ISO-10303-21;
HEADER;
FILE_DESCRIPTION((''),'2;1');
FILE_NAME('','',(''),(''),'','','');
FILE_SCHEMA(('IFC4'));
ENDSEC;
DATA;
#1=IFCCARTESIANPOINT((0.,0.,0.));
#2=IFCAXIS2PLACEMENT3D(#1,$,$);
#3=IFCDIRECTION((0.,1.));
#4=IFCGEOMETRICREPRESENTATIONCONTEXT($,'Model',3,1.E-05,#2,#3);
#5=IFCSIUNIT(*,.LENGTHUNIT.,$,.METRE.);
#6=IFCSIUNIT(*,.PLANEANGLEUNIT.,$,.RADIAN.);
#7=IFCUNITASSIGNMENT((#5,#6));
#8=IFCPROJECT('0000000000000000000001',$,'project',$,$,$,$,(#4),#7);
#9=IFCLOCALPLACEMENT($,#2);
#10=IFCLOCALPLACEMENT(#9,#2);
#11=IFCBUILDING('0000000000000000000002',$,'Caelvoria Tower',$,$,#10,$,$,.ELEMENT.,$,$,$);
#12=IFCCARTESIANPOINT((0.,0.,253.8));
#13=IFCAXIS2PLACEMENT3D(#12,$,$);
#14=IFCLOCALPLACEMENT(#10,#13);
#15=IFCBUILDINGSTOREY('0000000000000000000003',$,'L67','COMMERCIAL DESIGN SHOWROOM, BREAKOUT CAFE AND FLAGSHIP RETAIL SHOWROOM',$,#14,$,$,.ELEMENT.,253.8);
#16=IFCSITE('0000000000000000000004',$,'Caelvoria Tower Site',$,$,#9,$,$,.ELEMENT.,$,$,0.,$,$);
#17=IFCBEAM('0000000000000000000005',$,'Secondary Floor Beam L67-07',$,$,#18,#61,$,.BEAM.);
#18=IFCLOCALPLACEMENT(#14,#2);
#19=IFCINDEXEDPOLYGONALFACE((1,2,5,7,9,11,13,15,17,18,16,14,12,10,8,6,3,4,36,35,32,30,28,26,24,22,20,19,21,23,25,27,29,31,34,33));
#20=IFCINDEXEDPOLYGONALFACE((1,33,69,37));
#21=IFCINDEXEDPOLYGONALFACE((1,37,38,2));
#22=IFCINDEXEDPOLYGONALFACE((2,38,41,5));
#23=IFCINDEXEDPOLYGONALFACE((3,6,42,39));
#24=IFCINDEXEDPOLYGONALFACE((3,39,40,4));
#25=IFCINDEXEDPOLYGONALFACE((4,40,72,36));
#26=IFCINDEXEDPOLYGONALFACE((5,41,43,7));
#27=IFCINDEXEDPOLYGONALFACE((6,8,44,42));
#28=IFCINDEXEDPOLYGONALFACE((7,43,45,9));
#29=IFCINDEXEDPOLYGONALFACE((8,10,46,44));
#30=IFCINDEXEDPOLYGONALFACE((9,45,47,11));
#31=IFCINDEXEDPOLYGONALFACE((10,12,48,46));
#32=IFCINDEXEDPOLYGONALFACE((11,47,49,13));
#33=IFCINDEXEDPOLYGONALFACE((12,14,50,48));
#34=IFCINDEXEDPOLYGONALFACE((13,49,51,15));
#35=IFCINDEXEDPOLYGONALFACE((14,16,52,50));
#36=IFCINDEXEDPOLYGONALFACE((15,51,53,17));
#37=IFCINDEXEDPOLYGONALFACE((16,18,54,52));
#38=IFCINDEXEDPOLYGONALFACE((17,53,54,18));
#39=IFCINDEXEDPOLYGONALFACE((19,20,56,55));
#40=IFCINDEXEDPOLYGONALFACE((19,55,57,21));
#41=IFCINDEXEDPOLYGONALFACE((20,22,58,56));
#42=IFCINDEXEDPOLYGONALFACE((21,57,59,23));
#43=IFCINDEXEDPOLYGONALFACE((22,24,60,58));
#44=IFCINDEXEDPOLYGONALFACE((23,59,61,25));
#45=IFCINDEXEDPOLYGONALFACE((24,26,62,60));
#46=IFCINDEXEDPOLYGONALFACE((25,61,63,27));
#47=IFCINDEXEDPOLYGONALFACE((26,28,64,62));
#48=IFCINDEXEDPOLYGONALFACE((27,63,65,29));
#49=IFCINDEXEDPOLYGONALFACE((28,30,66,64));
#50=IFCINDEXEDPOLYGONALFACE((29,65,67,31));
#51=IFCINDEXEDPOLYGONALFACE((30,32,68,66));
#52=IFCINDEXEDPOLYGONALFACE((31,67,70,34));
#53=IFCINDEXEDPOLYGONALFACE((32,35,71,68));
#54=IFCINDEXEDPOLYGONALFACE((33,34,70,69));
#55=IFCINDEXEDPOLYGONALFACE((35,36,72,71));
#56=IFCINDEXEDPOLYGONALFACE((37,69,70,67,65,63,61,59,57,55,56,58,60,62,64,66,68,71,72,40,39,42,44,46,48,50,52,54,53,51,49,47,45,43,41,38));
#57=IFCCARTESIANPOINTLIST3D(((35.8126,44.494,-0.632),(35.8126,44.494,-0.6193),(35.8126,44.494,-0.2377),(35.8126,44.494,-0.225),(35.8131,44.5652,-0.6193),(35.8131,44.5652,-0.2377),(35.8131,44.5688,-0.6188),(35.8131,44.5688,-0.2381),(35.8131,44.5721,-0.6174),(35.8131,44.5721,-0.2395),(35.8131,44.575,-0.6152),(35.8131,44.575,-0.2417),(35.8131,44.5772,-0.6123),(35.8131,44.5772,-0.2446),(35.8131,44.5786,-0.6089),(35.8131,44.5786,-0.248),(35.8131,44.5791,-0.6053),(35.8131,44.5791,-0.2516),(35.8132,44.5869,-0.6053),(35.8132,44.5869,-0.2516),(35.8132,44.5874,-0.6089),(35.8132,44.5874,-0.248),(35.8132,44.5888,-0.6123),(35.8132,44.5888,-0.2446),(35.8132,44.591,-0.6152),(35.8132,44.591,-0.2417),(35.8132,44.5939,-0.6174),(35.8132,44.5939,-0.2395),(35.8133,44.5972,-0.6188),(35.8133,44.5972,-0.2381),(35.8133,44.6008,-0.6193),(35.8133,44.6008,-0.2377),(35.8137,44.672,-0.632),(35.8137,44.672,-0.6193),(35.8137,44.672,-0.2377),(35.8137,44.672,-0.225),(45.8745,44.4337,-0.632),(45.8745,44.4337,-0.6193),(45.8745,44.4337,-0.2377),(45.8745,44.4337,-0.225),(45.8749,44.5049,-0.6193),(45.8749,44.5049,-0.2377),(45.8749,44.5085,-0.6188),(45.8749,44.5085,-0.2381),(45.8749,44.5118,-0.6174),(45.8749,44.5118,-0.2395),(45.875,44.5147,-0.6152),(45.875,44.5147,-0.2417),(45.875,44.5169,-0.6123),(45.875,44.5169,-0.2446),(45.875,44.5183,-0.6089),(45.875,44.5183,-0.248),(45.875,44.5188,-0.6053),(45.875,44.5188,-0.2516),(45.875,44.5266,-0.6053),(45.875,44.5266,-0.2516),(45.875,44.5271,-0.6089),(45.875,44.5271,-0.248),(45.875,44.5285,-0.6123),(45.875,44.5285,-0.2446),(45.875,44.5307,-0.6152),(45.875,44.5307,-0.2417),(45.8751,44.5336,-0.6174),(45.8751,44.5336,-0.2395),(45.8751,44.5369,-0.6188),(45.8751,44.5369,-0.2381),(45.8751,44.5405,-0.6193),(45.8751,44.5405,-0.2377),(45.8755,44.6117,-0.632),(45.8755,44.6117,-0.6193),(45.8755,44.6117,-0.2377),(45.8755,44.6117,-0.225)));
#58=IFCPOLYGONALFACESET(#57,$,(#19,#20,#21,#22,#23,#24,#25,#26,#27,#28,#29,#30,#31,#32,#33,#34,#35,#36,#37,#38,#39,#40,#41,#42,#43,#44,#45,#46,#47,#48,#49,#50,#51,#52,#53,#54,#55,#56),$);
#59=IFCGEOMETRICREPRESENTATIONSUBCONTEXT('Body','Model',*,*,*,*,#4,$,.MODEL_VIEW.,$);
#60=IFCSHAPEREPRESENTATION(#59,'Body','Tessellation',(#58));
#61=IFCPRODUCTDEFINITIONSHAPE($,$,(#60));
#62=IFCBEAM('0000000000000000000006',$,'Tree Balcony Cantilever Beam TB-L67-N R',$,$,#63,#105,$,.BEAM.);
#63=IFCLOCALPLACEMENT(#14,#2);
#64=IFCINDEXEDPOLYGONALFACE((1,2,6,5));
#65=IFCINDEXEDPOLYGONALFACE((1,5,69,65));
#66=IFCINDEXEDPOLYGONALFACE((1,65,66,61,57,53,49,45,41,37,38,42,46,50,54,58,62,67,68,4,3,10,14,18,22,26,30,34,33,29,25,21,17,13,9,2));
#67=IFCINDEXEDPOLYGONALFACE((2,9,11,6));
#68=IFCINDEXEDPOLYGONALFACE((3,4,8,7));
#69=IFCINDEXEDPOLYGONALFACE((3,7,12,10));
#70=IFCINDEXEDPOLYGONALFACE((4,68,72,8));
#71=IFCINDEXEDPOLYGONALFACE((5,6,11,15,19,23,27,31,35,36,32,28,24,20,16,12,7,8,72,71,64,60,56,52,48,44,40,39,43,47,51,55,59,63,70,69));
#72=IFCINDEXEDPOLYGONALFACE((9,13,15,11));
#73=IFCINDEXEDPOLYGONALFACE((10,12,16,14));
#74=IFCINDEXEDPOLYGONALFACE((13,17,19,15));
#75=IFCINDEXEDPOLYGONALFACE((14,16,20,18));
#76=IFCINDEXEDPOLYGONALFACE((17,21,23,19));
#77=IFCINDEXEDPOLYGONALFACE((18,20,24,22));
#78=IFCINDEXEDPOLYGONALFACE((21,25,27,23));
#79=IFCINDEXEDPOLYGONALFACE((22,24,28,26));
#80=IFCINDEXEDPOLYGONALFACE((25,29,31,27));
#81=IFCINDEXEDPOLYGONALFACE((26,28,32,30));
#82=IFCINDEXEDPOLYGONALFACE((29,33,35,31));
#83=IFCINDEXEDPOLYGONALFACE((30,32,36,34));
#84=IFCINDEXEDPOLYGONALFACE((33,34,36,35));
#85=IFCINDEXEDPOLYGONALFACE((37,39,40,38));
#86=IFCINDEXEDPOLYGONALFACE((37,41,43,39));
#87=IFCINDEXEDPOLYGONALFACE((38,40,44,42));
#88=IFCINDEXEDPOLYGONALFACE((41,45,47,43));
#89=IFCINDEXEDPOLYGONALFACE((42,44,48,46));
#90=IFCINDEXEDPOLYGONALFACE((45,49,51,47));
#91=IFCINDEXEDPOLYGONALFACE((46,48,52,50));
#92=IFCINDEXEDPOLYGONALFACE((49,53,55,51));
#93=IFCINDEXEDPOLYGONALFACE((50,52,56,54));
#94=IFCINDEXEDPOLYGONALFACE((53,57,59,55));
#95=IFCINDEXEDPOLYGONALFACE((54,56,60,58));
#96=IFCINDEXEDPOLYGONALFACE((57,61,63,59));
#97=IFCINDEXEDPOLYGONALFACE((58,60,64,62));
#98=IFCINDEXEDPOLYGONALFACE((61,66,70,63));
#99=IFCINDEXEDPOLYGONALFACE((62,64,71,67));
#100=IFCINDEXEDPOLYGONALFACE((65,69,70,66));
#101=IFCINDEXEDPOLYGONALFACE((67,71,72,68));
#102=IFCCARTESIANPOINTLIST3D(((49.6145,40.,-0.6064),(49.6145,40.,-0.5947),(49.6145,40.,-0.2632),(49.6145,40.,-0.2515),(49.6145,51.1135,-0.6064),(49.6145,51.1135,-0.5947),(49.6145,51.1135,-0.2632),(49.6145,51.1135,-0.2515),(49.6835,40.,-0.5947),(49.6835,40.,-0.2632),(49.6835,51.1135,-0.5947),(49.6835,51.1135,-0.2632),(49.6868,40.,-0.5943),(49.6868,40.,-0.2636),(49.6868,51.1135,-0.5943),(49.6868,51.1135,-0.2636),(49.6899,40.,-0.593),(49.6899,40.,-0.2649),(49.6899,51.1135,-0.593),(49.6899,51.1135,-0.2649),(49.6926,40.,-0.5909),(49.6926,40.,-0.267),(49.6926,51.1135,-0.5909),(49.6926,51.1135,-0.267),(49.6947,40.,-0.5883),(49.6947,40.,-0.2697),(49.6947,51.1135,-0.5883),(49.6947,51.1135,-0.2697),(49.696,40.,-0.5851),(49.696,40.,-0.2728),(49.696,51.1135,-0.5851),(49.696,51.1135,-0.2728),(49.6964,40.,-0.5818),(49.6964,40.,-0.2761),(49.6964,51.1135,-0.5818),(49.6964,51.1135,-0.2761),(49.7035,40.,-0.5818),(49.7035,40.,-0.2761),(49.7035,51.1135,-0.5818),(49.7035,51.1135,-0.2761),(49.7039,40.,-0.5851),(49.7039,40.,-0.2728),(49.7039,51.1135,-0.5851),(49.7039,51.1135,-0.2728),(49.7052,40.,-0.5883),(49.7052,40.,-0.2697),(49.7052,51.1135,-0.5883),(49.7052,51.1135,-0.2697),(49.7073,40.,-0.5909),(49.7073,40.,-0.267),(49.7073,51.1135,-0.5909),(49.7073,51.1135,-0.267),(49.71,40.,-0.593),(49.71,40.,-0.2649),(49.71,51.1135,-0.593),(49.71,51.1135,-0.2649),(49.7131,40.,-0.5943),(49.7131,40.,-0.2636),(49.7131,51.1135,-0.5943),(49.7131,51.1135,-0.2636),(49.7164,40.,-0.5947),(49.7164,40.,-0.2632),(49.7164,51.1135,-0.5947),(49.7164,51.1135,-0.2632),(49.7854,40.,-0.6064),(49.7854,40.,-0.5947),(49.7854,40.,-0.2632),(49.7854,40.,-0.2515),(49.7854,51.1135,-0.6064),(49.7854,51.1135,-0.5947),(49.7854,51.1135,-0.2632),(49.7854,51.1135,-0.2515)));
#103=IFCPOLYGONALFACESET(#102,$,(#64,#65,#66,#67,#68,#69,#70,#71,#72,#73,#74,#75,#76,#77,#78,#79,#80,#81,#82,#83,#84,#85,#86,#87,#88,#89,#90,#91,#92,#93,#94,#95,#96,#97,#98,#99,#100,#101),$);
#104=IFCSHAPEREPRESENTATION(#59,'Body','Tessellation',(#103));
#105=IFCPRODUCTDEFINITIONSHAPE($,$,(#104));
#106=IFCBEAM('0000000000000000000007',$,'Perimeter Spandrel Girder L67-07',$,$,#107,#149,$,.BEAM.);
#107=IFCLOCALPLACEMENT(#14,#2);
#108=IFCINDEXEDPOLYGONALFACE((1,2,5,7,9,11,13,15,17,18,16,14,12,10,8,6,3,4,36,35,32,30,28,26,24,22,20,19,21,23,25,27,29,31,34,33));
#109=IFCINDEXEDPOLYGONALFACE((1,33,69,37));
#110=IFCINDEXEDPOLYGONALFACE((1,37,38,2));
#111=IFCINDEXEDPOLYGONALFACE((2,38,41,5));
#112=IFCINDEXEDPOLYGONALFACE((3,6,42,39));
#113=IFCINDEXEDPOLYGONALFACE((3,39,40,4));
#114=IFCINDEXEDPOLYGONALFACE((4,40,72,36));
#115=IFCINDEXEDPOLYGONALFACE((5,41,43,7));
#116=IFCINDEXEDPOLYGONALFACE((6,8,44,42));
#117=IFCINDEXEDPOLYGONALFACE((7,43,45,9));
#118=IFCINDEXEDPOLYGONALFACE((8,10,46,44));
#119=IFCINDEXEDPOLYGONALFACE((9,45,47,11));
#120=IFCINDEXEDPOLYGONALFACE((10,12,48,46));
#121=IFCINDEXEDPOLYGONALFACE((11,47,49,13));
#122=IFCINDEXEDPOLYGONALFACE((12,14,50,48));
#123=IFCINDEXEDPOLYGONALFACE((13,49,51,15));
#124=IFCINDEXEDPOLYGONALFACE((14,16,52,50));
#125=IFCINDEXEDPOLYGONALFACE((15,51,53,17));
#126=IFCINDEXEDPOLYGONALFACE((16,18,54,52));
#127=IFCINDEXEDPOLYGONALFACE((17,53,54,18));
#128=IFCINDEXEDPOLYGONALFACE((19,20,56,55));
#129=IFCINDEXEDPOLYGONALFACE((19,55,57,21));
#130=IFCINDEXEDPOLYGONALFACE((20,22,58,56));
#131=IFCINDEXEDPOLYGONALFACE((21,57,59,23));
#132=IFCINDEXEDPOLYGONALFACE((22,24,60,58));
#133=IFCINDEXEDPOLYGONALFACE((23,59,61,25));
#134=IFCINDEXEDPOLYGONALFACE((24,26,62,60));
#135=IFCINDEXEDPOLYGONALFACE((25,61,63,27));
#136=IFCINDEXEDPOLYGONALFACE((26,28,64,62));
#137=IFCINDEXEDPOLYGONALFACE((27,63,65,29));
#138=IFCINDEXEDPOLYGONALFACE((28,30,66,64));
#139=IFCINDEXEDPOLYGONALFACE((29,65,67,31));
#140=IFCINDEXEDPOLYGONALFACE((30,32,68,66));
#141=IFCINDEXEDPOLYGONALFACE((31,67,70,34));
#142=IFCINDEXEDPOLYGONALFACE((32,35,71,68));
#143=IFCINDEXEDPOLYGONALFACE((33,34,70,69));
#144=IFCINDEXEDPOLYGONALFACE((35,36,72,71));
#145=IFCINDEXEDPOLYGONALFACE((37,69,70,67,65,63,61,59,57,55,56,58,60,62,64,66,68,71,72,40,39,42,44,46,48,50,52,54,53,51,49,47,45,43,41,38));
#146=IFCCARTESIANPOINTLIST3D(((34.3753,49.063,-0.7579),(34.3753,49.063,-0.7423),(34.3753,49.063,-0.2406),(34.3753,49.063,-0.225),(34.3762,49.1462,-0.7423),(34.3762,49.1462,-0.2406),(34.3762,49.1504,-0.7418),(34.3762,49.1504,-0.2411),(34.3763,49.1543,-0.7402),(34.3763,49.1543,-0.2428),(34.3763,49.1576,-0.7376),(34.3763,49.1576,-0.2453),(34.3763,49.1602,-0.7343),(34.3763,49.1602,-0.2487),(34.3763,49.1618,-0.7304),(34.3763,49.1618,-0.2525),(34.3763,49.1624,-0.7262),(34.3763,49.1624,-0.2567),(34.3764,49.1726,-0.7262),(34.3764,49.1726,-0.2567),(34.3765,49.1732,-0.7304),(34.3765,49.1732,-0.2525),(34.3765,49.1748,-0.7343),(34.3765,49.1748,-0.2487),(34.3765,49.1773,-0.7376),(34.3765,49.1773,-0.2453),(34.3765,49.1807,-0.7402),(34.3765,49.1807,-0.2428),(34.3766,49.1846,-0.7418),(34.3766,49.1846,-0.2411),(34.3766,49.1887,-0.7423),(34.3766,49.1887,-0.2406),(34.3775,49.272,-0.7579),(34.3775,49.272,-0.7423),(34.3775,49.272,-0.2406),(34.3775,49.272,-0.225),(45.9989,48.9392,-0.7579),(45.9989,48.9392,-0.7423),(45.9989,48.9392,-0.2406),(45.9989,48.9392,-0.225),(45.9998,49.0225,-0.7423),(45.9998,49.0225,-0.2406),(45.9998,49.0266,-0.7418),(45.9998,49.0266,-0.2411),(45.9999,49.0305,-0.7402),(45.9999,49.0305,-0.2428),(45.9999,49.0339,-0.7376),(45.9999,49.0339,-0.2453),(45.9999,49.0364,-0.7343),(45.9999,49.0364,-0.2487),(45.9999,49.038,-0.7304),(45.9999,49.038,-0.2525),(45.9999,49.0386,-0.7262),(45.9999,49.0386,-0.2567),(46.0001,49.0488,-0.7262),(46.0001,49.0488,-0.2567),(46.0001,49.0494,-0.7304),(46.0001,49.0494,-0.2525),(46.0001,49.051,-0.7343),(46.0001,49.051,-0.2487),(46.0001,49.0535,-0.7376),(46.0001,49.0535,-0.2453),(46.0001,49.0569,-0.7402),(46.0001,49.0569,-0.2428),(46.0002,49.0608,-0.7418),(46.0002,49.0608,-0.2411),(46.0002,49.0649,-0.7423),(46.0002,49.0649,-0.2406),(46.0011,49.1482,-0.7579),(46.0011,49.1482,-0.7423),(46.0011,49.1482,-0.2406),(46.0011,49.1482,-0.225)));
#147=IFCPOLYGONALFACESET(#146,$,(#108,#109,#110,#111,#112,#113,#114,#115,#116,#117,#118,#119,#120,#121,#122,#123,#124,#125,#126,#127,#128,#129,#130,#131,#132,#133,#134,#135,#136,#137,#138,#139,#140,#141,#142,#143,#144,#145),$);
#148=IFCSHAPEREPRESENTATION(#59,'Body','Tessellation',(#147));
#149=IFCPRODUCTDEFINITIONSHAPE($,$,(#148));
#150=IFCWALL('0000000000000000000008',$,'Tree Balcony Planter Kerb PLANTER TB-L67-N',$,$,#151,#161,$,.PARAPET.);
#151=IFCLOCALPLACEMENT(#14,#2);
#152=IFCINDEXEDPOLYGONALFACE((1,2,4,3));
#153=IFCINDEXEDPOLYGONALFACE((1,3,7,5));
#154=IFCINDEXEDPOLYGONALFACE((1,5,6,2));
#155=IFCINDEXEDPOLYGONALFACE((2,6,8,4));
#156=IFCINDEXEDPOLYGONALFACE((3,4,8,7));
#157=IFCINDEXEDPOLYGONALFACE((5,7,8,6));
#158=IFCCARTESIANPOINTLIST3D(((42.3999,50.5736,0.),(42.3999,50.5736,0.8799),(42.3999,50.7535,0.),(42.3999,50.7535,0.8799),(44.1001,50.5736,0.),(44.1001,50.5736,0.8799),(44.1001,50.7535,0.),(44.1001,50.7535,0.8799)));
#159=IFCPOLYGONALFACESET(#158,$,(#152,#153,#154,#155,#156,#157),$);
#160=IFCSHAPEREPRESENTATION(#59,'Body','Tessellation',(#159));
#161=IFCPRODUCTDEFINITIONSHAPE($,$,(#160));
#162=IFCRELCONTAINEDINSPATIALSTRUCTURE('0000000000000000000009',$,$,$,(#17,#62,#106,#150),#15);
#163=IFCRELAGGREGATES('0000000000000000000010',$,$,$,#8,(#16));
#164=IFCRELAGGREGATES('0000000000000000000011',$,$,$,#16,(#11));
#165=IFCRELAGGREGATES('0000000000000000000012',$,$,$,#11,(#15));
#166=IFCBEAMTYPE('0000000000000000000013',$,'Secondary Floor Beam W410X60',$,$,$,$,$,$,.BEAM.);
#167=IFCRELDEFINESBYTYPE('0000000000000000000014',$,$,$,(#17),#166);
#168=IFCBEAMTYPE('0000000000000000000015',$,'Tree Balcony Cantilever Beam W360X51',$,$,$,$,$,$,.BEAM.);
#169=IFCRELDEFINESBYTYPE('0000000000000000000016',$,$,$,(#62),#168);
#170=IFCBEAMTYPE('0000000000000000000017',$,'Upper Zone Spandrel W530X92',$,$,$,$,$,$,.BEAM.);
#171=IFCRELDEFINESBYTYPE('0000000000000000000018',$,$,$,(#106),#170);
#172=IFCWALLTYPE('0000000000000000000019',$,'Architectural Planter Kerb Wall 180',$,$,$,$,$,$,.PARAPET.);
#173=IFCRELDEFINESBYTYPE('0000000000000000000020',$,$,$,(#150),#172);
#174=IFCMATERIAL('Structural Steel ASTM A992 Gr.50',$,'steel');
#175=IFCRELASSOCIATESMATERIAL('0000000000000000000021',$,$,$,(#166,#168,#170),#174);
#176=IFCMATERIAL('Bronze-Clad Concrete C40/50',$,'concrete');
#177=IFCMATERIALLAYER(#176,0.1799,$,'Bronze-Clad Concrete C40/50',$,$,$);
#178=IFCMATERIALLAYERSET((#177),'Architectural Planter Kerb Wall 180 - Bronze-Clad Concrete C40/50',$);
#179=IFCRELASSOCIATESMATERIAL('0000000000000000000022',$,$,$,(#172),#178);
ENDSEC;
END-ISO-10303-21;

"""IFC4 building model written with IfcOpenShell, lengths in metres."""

from ifc_helpers import new_model, si_unit, direction, frame, frame_2d, origin, origin_2d, place, context, subcontext, project, spatial, rectangle, i_section, extrude, material, layer, layer_set, material_profile, profile_set, type_object, element, save


model = new_model("IFC4")

# Units and contexts
model_context = context("Model", 3, precision=1e-05, world=origin(), true_north=direction((0.0, 1.0)))
body_context = subcontext(model_context, "Body", "Model", "MODEL_VIEW")
ifc_project = project(units=[si_unit("LENGTHUNIT", "METRE"), si_unit("PLANEANGLEUNIT", "RADIAN")], contexts=[model_context])

# Site, building, storey
site_placement = place(None, origin())
site = spatial("IfcSite", under=ifc_project, at=site_placement, Name="Caelvoria Tower Site", CompositionType="ELEMENT", RefElevation=0.0)
building_placement = place(site_placement, origin())
building = spatial("IfcBuilding", under=site, at=building_placement, Name="Caelvoria Tower", CompositionType="ELEMENT")
storey_placement = place(building_placement, frame((0.0, 0.0, 253.8)))
storey = spatial("IfcBuildingStorey", under=building, at=storey_placement, Name="L67", Description="COMMERCIAL DESIGN SHOWROOM, BREAKOUT CAFE AND FLAGSHIP RETAIL SHOWROOM", CompositionType="ELEMENT", Elevation=253.8)

# Shared definitions
ifc_material_1 = material(Name="Structural Steel ASTM A992 Gr.50", Category="steel")

# Beams
ifc_material_profile_1 = material_profile(ifc_material_1, i_section(OverallWidth=0.178, OverallDepth=0.407, WebThickness=0.0078, FlangeThickness=0.0127, FilletRadius=0.0139, at=origin_2d()), Name="Structural Steel ASTM A992 Gr.50")
ifc_profile_set_1 = profile_set([ifc_material_profile_1], Name="W410X60 - Structural Steel ASTM A992 Gr.50")
beam_type_1 = type_object("IfcBeamType", Name="Secondary Floor Beam W410X60", PredefinedType="BEAM", material=ifc_profile_set_1)
beam_1_placement = place(storey_placement, frame((45.875, 44.5227, -0.4285), z_axis=(-0.999982, 0.005993, 0.0), x_axis=(-0.005993, -0.999982, 0.0)))
element("IfcBeam", 1, at=beam_1_placement, inside=storey, type_object=beam_type_1, Name="Secondary Floor Beam L67-07", PredefinedType="BEAM", context=body_context, shape_type="SweptSolid", body=[
    extrude(i_section(OverallWidth=0.178, OverallDepth=0.407, WebThickness=0.0078, FlangeThickness=0.0127, FilletRadius=0.0139, at=origin_2d()), origin(), (0.0, 0.0, 1.0), 10.062),
])
ifc_material_profile_2 = material_profile(ifc_material_1, i_section(OverallWidth=0.1709, OverallDepth=0.355, WebThickness=0.0071, FlangeThickness=0.0117, FilletRadius=0.0129, at=origin_2d()), Name="Structural Steel ASTM A992 Gr.50")
ifc_profile_set_2 = profile_set([ifc_material_profile_2], Name="W360X51 - Structural Steel ASTM A992 Gr.50")
beam_type_2 = type_object("IfcBeamType", Name="Tree Balcony Cantilever Beam W360X51", PredefinedType="BEAM", material=ifc_profile_set_2)
beam_2_placement = place(storey_placement, frame((49.7, 40.0, -0.429), z_axis=(0.0, 1.0, 0.0), x_axis=(-1.0, 0.0, 0.0)))
element("IfcBeam", 2, at=beam_2_placement, inside=storey, type_object=beam_type_2, Name="Tree Balcony Cantilever Beam TB-L67-N R", PredefinedType="BEAM", context=body_context, shape_type="SweptSolid", body=[
    extrude(i_section(OverallWidth=0.1709, OverallDepth=0.355, WebThickness=0.0071, FlangeThickness=0.0117, FilletRadius=0.0129, at=origin_2d()), origin(), (0.0, 0.0, 1.0), 11.1135),
])
ifc_material_profile_3 = material_profile(ifc_material_1, i_section(OverallWidth=0.209, OverallDepth=0.533, WebThickness=0.0103, FlangeThickness=0.0156, FilletRadius=0.0161, at=origin_2d()), Name="Structural Steel ASTM A992 Gr.50")
ifc_profile_set_3 = profile_set([ifc_material_profile_3], Name="W530X92 - Structural Steel ASTM A992 Gr.50")
beam_type_3 = type_object("IfcBeamType", Name="Upper Zone Spandrel W530X92", PredefinedType="BEAM", material=ifc_profile_set_3)
beam_3_placement = place(storey_placement, frame((46.0, 49.0437, -0.4915), z_axis=(-0.999943, 0.010648, 0.0), x_axis=(-0.010648, -0.999943, 0.0)))
element("IfcBeam", 3, at=beam_3_placement, inside=storey, type_object=beam_type_3, Name="Perimeter Spandrel Girder L67-07", PredefinedType="BEAM", context=body_context, shape_type="SweptSolid", body=[
    extrude(i_section(OverallWidth=0.209, OverallDepth=0.533, WebThickness=0.0103, FlangeThickness=0.0156, FilletRadius=0.0161, at=origin_2d()), origin(), (0.0, 0.0, 1.0), 11.6243),
])

# Wall
ifc_material_2 = material(Name="Bronze-Clad Concrete C40/50", Category="concrete")
ifc_layer_1 = layer(ifc_material_2, 0.1799, Name="Bronze-Clad Concrete C40/50")
ifc_layer_set_1 = layer_set([ifc_layer_1], Name="Architectural Planter Kerb Wall 180 - Bronze-Clad Concrete C40/50")
wall_type_1 = type_object("IfcWallType", Name="Architectural Planter Kerb Wall 180", PredefinedType="PARAPET", material=ifc_layer_set_1)
wall_1_placement = place(storey_placement, frame((42.3999, 50.6636, 0.0), z_axis=(0.0, 0.0, 1.0), x_axis=(1.0, 0.0, 0.0)))
element("IfcWall", 4, at=wall_1_placement, inside=storey, type_object=wall_type_1, Name="Tree Balcony Planter Kerb PLANTER TB-L67-N", PredefinedType="PARAPET", context=body_context, shape_type="SweptSolid", body=[
    extrude(rectangle(XDim=1.7002, YDim=0.1799, at=frame_2d((0.8501, 0.0))), origin(), (0.0, 0.0, 1.0), 0.8799),
])

save(model, "model.ifc")
